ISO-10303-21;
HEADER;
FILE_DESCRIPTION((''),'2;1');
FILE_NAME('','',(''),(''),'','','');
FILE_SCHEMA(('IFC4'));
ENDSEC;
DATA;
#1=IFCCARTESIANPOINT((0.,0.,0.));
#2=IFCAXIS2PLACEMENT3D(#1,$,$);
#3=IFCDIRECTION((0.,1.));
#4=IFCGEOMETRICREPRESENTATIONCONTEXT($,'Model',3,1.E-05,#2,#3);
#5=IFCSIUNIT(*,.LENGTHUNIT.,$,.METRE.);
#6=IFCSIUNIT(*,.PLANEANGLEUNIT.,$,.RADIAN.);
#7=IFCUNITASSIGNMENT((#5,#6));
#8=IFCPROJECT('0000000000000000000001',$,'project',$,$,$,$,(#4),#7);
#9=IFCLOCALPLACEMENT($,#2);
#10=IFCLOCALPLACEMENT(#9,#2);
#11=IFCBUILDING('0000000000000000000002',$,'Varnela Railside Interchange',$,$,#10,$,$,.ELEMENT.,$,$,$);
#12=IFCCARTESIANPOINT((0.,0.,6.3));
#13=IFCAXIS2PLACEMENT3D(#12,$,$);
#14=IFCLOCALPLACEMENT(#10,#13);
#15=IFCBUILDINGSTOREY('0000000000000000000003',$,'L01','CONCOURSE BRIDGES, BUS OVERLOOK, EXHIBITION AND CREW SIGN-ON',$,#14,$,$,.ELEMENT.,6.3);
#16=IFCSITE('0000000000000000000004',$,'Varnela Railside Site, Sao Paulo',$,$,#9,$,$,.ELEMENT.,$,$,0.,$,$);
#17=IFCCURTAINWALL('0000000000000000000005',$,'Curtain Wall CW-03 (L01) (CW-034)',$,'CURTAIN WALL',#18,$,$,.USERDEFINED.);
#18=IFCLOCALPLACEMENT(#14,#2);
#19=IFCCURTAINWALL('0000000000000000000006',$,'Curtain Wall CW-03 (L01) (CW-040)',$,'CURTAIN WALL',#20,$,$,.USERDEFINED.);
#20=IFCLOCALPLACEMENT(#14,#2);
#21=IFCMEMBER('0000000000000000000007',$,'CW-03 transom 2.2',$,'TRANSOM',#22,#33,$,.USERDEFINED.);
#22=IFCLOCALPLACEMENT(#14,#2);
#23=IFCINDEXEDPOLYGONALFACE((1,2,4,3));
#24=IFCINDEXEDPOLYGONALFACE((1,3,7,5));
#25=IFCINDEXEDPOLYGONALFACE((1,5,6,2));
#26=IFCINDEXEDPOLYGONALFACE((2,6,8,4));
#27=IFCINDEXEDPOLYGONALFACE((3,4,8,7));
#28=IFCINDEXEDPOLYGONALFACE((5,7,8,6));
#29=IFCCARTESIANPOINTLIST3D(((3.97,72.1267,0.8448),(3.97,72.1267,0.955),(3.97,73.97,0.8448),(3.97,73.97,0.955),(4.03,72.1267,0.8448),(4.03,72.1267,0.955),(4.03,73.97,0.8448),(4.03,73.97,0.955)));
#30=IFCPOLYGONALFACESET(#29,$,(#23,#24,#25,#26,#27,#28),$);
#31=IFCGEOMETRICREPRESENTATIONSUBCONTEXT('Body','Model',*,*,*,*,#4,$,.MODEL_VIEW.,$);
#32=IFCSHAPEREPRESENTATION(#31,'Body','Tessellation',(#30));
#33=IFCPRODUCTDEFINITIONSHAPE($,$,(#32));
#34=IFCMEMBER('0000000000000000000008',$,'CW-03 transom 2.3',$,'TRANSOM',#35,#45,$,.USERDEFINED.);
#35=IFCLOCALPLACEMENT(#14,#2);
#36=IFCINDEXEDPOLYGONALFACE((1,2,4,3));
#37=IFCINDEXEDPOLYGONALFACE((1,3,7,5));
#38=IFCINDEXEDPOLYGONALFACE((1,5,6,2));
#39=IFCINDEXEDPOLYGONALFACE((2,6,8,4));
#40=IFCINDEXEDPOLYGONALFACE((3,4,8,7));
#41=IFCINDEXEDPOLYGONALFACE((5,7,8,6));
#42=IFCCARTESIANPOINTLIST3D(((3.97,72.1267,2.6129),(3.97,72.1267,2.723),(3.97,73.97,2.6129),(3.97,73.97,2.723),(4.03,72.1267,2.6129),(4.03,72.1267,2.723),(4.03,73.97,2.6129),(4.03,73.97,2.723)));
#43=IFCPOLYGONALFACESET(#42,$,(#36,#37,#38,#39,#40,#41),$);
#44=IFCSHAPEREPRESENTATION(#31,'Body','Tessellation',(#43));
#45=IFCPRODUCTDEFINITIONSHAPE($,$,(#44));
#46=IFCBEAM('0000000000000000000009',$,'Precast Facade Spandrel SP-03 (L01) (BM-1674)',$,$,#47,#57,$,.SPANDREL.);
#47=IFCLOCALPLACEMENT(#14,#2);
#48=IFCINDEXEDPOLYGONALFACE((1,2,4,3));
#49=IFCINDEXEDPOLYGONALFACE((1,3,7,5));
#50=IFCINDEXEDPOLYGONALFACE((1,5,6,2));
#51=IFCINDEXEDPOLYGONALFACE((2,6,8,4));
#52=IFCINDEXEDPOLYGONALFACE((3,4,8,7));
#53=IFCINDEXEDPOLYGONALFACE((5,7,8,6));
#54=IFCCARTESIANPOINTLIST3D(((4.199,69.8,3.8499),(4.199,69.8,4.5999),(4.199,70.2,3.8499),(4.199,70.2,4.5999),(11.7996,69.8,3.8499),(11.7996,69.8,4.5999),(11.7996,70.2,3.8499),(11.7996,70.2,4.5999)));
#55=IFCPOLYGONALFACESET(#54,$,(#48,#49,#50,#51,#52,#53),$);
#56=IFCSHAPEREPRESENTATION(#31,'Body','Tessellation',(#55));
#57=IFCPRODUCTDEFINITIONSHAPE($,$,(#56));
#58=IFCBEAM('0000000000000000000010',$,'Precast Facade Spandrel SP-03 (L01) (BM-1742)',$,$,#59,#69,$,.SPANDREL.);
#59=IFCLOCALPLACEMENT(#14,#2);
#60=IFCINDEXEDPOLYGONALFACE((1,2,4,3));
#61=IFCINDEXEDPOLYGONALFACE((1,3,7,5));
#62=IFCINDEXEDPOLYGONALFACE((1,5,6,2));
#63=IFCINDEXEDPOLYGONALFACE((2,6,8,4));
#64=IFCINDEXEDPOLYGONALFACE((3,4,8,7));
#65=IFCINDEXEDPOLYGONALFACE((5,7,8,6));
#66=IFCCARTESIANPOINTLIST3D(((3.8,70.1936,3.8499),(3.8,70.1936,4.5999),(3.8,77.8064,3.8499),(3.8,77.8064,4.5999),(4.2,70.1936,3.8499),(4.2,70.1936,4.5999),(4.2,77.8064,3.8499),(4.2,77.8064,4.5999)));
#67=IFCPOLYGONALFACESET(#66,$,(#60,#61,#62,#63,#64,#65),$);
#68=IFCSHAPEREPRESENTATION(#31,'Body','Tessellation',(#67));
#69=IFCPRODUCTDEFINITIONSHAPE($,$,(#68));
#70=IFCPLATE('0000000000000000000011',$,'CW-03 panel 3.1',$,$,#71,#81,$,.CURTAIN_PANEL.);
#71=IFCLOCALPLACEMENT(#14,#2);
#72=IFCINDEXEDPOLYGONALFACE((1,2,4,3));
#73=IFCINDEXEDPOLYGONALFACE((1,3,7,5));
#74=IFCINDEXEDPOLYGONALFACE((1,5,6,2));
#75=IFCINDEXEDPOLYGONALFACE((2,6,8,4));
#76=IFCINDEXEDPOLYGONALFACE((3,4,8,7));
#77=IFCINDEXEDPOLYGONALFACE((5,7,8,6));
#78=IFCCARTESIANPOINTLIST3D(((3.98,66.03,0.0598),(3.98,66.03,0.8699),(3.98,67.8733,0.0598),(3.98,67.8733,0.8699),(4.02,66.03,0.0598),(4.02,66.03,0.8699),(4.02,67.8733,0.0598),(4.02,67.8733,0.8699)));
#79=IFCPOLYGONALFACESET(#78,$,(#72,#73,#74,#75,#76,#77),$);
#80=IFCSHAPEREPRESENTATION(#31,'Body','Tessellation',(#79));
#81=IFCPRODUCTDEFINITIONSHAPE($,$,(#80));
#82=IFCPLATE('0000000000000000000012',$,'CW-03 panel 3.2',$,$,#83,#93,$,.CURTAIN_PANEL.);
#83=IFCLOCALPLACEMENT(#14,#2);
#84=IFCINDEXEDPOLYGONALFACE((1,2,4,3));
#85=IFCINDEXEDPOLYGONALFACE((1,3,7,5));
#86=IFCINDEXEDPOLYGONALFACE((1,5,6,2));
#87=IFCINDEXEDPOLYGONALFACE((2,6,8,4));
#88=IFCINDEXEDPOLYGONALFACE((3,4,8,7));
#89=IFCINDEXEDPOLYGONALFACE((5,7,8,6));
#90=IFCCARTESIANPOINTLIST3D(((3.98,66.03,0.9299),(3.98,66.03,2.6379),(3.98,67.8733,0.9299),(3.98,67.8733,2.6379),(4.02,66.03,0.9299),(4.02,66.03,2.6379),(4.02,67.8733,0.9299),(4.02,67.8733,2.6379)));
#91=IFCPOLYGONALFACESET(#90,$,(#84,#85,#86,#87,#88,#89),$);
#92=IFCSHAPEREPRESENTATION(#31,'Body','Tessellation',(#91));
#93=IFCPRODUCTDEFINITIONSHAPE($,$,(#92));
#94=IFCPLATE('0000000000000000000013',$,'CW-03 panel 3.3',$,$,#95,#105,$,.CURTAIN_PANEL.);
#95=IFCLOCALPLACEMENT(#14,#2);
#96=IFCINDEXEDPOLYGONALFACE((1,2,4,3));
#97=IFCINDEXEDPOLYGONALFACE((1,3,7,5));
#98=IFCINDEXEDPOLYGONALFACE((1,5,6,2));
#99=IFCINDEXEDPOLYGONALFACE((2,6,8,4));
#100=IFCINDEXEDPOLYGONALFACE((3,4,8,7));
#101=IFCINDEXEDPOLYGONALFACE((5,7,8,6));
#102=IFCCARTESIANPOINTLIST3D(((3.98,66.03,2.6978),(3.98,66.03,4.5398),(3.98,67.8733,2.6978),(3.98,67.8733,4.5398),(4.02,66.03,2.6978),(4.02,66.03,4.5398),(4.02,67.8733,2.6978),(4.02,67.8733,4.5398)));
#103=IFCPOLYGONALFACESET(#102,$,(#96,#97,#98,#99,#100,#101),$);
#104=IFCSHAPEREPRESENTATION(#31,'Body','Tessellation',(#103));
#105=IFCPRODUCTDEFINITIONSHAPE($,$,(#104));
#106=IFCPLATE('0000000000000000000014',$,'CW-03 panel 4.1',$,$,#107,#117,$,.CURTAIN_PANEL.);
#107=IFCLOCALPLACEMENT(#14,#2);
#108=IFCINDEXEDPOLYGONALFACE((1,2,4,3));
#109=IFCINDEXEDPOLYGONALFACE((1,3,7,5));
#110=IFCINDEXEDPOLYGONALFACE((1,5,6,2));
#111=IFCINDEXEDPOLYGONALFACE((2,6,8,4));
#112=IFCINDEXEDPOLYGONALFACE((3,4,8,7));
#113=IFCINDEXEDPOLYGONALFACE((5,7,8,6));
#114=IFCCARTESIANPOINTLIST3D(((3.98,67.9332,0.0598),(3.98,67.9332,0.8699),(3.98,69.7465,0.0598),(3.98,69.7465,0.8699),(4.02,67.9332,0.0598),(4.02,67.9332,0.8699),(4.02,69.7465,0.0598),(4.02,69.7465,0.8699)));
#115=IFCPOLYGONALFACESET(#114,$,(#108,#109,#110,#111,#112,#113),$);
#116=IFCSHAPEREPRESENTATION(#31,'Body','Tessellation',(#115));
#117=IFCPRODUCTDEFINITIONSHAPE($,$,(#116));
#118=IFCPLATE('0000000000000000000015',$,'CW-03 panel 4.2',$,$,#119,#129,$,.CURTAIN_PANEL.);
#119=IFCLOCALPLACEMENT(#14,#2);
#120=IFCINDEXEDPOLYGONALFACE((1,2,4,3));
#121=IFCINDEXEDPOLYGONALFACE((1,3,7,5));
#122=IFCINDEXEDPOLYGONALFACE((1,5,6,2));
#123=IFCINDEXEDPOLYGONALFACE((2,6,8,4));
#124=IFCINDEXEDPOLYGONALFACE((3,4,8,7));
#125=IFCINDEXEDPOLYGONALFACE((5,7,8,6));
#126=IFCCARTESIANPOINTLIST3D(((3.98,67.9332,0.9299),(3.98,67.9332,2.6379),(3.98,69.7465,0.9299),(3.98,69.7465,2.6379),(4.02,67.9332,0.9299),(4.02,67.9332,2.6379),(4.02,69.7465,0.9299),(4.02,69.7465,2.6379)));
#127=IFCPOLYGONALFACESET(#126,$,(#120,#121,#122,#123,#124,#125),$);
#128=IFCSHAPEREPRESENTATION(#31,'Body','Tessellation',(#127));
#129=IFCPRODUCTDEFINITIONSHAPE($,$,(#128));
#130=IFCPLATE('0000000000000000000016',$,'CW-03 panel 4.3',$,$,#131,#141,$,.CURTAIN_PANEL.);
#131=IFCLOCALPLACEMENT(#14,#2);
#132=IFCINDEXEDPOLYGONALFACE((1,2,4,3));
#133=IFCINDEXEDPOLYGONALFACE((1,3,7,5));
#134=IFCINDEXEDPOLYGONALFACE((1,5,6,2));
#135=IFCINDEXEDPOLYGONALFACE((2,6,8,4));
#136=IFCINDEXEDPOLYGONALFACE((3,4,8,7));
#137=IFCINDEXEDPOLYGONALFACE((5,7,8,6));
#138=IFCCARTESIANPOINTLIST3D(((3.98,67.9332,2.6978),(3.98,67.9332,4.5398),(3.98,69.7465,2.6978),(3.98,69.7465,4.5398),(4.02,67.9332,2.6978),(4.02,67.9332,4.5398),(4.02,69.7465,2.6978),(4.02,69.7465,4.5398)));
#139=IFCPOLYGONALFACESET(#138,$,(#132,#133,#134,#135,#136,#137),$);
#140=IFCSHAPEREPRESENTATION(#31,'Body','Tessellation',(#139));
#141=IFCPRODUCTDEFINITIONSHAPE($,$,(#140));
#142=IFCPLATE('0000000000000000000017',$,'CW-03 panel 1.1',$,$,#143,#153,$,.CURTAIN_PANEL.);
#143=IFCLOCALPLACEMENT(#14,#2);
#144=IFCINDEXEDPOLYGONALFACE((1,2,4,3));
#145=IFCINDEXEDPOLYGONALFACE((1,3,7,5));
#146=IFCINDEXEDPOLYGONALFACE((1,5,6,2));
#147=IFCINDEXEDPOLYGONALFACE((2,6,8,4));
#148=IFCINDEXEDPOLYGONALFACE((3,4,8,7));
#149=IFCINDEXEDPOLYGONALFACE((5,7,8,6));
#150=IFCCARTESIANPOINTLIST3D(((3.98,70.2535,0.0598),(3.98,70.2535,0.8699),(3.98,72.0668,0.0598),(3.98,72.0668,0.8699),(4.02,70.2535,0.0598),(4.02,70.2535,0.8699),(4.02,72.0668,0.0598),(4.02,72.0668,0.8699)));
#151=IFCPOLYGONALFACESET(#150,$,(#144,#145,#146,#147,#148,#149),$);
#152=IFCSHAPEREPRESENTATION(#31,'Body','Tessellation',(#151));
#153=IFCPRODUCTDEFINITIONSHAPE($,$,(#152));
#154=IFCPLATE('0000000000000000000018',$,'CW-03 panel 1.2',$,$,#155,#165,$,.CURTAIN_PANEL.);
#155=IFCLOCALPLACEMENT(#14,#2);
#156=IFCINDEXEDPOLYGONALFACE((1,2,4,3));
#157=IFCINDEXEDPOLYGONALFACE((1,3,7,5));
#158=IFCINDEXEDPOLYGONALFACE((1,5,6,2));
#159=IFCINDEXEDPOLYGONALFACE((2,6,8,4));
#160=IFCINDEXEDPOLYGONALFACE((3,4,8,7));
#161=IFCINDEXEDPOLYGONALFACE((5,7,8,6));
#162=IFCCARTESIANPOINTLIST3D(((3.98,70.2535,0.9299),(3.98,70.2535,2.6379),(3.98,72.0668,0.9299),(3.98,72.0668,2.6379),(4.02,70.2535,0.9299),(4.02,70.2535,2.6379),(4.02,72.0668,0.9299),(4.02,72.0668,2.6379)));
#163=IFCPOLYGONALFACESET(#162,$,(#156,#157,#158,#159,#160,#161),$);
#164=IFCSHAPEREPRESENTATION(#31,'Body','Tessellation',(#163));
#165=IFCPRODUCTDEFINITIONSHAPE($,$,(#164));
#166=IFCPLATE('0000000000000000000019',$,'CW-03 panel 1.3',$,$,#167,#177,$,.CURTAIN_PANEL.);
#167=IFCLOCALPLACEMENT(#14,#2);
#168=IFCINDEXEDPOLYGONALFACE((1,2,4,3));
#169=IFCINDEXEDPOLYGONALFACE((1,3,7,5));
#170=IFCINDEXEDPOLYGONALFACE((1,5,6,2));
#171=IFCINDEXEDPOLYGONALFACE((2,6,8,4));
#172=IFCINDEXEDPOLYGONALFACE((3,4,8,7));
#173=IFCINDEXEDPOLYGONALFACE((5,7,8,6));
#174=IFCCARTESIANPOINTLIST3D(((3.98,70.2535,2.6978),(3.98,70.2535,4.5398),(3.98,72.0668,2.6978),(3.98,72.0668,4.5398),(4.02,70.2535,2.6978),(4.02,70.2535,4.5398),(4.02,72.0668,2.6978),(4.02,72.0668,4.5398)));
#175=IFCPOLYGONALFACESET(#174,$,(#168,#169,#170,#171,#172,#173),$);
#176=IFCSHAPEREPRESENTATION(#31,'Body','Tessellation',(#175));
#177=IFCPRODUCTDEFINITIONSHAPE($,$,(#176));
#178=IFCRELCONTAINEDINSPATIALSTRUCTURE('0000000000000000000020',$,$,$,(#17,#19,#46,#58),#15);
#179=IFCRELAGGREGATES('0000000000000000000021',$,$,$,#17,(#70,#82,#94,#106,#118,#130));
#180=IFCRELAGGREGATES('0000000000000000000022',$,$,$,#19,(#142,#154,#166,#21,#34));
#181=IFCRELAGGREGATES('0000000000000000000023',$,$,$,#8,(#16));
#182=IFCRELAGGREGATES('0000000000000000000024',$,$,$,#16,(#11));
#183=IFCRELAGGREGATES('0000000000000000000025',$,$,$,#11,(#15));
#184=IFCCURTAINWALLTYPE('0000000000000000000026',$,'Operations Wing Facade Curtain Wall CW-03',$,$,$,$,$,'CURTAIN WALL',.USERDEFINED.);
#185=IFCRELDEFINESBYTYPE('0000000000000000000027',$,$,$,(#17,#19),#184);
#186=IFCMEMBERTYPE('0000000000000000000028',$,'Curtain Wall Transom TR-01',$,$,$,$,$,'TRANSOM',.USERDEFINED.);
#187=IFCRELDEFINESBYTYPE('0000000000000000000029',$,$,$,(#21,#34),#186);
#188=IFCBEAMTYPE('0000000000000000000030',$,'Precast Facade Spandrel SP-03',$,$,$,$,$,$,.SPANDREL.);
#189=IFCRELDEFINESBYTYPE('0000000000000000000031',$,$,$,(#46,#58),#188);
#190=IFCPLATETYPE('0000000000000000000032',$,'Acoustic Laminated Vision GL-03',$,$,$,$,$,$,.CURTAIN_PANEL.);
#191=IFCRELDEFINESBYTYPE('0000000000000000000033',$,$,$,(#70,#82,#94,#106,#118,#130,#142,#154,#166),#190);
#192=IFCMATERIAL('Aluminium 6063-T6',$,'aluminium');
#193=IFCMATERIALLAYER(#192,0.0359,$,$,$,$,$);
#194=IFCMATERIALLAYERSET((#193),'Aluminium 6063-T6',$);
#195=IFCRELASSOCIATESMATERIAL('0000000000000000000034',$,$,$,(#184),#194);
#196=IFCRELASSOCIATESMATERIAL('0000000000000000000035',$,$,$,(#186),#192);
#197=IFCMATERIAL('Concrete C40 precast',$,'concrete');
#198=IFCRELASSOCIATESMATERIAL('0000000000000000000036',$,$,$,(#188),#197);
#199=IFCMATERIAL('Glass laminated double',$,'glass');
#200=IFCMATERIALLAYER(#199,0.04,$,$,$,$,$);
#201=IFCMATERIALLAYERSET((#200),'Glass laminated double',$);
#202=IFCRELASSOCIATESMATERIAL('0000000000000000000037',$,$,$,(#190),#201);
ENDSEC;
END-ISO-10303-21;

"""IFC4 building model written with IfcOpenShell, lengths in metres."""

from ifc_helpers import new_model, si_unit, direction, frame, origin, origin_2d, place, context, subcontext, project, spatial, rectangle, extrude, material, layer, layer_set, material_profile, profile_set, type_object, element, aggregate, save


model = new_model("IFC4")

# Units and contexts
model_context = context("Model", 3, precision=1e-05, world=origin(), true_north=direction((0.0, 1.0)))
body_context = subcontext(model_context, "Body", "Model", "MODEL_VIEW")
ifc_project = project(units=[si_unit("LENGTHUNIT", "METRE"), si_unit("PLANEANGLEUNIT", "RADIAN")], contexts=[model_context])

# Site, building, storey
site_placement = place(None, origin())
site = spatial("IfcSite", under=ifc_project, at=site_placement, Name="Varnela Railside Site, Sao Paulo", CompositionType="ELEMENT", RefElevation=0.0)
building_placement = place(site_placement, origin())
building = spatial("IfcBuilding", under=site, at=building_placement, Name="Varnela Railside Interchange", CompositionType="ELEMENT")
storey_placement = place(building_placement, frame((0.0, 0.0, 6.3)))
storey = spatial("IfcBuildingStorey", under=building, at=storey_placement, Name="L01", Description="CONCOURSE BRIDGES, BUS OVERLOOK, EXHIBITION AND CREW SIGN-ON", CompositionType="ELEMENT", Elevation=6.3)

# Curtain walls
ifc_material_1 = material(Name="Aluminium 6063-T6", Category="aluminium")
ifc_layer_1 = layer(ifc_material_1, 0.0359)
ifc_layer_set_1 = layer_set([ifc_layer_1], Name="Aluminium 6063-T6")
curtain_wall_type = type_object("IfcCurtainWallType", Name="Operations Wing Facade Curtain Wall CW-03", ElementType="CURTAIN WALL", PredefinedType="USERDEFINED", material=ifc_layer_set_1)
curtain_wall_1_placement = place(storey_placement, origin())
curtain_wall_1 = element("IfcCurtainWall", 1, at=curtain_wall_1_placement, inside=storey, type_object=curtain_wall_type, Name="Curtain Wall CW-03 (L01) (CW-034)", ObjectType="CURTAIN WALL", PredefinedType="USERDEFINED")
curtain_wall_2_placement = place(storey_placement, origin())
curtain_wall_2 = element("IfcCurtainWall", 2, at=curtain_wall_2_placement, inside=storey, type_object=curtain_wall_type, Name="Curtain Wall CW-03 (L01) (CW-040)", ObjectType="CURTAIN WALL", PredefinedType="USERDEFINED")

# Members
ifc_material_profile_1 = material_profile(ifc_material_1, rectangle(XDim=0.0601, YDim=0.1101, at=origin_2d()), Name="ALU 60x110")
ifc_profile_set_1 = profile_set([ifc_material_profile_1], Name="Aluminium 6063-T6")
member_type_1 = type_object("IfcMemberType", Name="Curtain Wall Transom TR-01", ElementType="TRANSOM", PredefinedType="USERDEFINED", material=ifc_profile_set_1)
member_1_placement = place(storey_placement, frame((4.0, 72.1267, 0.8999), z_axis=(0.0, 1.0, 0.0), x_axis=(-1.0, 0.0, 0.0)))
member_1 = element("IfcMember", 3, at=member_1_placement, type_object=member_type_1, Name="CW-03 transom 2.2", ObjectType="TRANSOM", PredefinedType="USERDEFINED", context=body_context, shape_type="SweptSolid", body=[
    extrude(rectangle(XDim=0.0601, YDim=0.1101, at=origin_2d()), origin(), (0.0, 0.0, 1.0), 1.8433),
])
member_2_placement = place(storey_placement, frame((4.0, 72.1267, 2.668), z_axis=(0.0, 1.0, 0.0), x_axis=(-1.0, 0.0, 0.0)))
member_2 = element("IfcMember", 4, at=member_2_placement, type_object=member_type_1, Name="CW-03 transom 2.3", ObjectType="TRANSOM", PredefinedType="USERDEFINED", context=body_context, shape_type="SweptSolid", body=[
    extrude(rectangle(XDim=0.0601, YDim=0.1101, at=origin_2d()), origin(), (0.0, 0.0, 1.0), 1.8433),
])

# Beams
ifc_material_2 = material(Name="Concrete C40 precast", Category="concrete")
ifc_material_profile_2 = material_profile(ifc_material_2, rectangle(XDim=0.3999, YDim=0.75, at=origin_2d()), Name="PC 400x750")
ifc_profile_set_2 = profile_set([ifc_material_profile_2], Name="Concrete C40 precast")
beam_type = type_object("IfcBeamType", Name="Precast Facade Spandrel SP-03", PredefinedType="SPANDREL", material=ifc_profile_set_2)
beam_1_placement = place(storey_placement, frame((4.199, 70.0, 4.2249), z_axis=(1.0, 0.0, 0.0), x_axis=(0.0, 1.0, 0.0)))
element("IfcBeam", 5, at=beam_1_placement, inside=storey, type_object=beam_type, Name="Precast Facade Spandrel SP-03 (L01) (BM-1674)", PredefinedType="SPANDREL", context=body_context, shape_type="SweptSolid", body=[
    extrude(rectangle(XDim=0.3999, YDim=0.75, at=origin_2d()), origin(), (0.0, 0.0, 1.0), 7.6006),
])
beam_2_placement = place(storey_placement, frame((4.0, 70.1936, 4.2249), z_axis=(0.0, 1.0, 0.0), x_axis=(-1.0, 0.0, 0.0)))
element("IfcBeam", 6, at=beam_2_placement, inside=storey, type_object=beam_type, Name="Precast Facade Spandrel SP-03 (L01) (BM-1742)", PredefinedType="SPANDREL", context=body_context, shape_type="SweptSolid", body=[
    extrude(rectangle(XDim=0.3999, YDim=0.75, at=origin_2d()), origin(), (0.0, 0.0, 1.0), 7.6128),
])

# Plates
ifc_material_3 = material(Name="Glass laminated double", Category="glass")
ifc_layer_2 = layer(ifc_material_3, 0.04)
ifc_layer_set_2 = layer_set([ifc_layer_2], Name="Glass laminated double")
plate_type = type_object("IfcPlateType", Name="Acoustic Laminated Vision GL-03", PredefinedType="CURTAIN_PANEL", material=ifc_layer_set_2)
plate_1_placement = place(storey_placement, frame((4.0, 66.9517, 0.0598), z_axis=(0.0, 0.0, 1.0), x_axis=(0.0, 1.0, 0.0)))
plate_1 = element("IfcPlate", 7, at=plate_1_placement, type_object=plate_type, Name="CW-03 panel 3.1", PredefinedType="CURTAIN_PANEL", context=body_context, shape_type="SweptSolid", body=[
    extrude(rectangle(XDim=1.8433, YDim=0.04, at=origin_2d()), origin(), (0.0, 0.0, 1.0), 0.8101),
])
plate_2_placement = place(storey_placement, frame((4.0, 66.9517, 0.9299), z_axis=(0.0, 0.0, 1.0), x_axis=(0.0, 1.0, 0.0)))
plate_2 = element("IfcPlate", 8, at=plate_2_placement, type_object=plate_type, Name="CW-03 panel 3.2", PredefinedType="CURTAIN_PANEL", context=body_context, shape_type="SweptSolid", body=[
    extrude(rectangle(XDim=1.8433, YDim=0.04, at=origin_2d()), origin(), (0.0, 0.0, 1.0), 1.708),
])
plate_3_placement = place(storey_placement, frame((4.0, 66.9517, 2.6978), z_axis=(0.0, 0.0, 1.0), x_axis=(0.0, 1.0, 0.0)))
plate_3 = element("IfcPlate", 9, at=plate_3_placement, type_object=plate_type, Name="CW-03 panel 3.3", PredefinedType="CURTAIN_PANEL", context=body_context, shape_type="SweptSolid", body=[
    extrude(rectangle(XDim=1.8433, YDim=0.04, at=origin_2d()), origin(), (0.0, 0.0, 1.0), 1.842),
])
plate_4_placement = place(storey_placement, frame((4.0, 68.8398, 0.0598), z_axis=(0.0, 0.0, 1.0), x_axis=(0.0, 1.0, 0.0)))
plate_4 = element("IfcPlate", 10, at=plate_4_placement, type_object=plate_type, Name="CW-03 panel 4.1", PredefinedType="CURTAIN_PANEL", context=body_context, shape_type="SweptSolid", body=[
    extrude(rectangle(XDim=1.8132, YDim=0.04, at=origin_2d()), origin(), (0.0, 0.0, 1.0), 0.8101),
])
plate_5_placement = place(storey_placement, frame((4.0, 68.8398, 0.9299), z_axis=(0.0, 0.0, 1.0), x_axis=(0.0, 1.0, 0.0)))
plate_5 = element("IfcPlate", 11, at=plate_5_placement, type_object=plate_type, Name="CW-03 panel 4.2", PredefinedType="CURTAIN_PANEL", context=body_context, shape_type="SweptSolid", body=[
    extrude(rectangle(XDim=1.8132, YDim=0.04, at=origin_2d()), origin(), (0.0, 0.0, 1.0), 1.708),
])
plate_6_placement = place(storey_placement, frame((4.0, 68.8398, 2.6978), z_axis=(0.0, 0.0, 1.0), x_axis=(0.0, 1.0, 0.0)))
plate_6 = element("IfcPlate", 12, at=plate_6_placement, type_object=plate_type, Name="CW-03 panel 4.3", PredefinedType="CURTAIN_PANEL", context=body_context, shape_type="SweptSolid", body=[
    extrude(rectangle(XDim=1.8132, YDim=0.04, at=origin_2d()), origin(), (0.0, 0.0, 1.0), 1.842),
])
aggregate(curtain_wall_1, [plate_1, plate_2, plate_3, plate_4, plate_5, plate_6])
plate_7_placement = place(storey_placement, frame((4.0, 71.1602, 0.0598), z_axis=(0.0, 0.0, 1.0), x_axis=(0.0, 1.0, 0.0)))
plate_7 = element("IfcPlate", 13, at=plate_7_placement, type_object=plate_type, Name="CW-03 panel 1.1", PredefinedType="CURTAIN_PANEL", context=body_context, shape_type="SweptSolid", body=[
    extrude(rectangle(XDim=1.8132, YDim=0.04, at=origin_2d()), origin(), (0.0, 0.0, 1.0), 0.8101),
])
plate_8_placement = place(storey_placement, frame((4.0, 71.1602, 0.9299), z_axis=(0.0, 0.0, 1.0), x_axis=(0.0, 1.0, 0.0)))
plate_8 = element("IfcPlate", 14, at=plate_8_placement, type_object=plate_type, Name="CW-03 panel 1.2", PredefinedType="CURTAIN_PANEL", context=body_context, shape_type="SweptSolid", body=[
    extrude(rectangle(XDim=1.8132, YDim=0.04, at=origin_2d()), origin(), (0.0, 0.0, 1.0), 1.708),
])
plate_9_placement = place(storey_placement, frame((4.0, 71.1602, 2.6978), z_axis=(0.0, 0.0, 1.0), x_axis=(0.0, 1.0, 0.0)))
plate_9 = element("IfcPlate", 15, at=plate_9_placement, type_object=plate_type, Name="CW-03 panel 1.3", PredefinedType="CURTAIN_PANEL", context=body_context, shape_type="SweptSolid", body=[
    extrude(rectangle(XDim=1.8132, YDim=0.04, at=origin_2d()), origin(), (0.0, 0.0, 1.0), 1.842),
])
aggregate(curtain_wall_2, [plate_7, plate_8, plate_9, member_1, member_2])

save(model, "model.ifc")
